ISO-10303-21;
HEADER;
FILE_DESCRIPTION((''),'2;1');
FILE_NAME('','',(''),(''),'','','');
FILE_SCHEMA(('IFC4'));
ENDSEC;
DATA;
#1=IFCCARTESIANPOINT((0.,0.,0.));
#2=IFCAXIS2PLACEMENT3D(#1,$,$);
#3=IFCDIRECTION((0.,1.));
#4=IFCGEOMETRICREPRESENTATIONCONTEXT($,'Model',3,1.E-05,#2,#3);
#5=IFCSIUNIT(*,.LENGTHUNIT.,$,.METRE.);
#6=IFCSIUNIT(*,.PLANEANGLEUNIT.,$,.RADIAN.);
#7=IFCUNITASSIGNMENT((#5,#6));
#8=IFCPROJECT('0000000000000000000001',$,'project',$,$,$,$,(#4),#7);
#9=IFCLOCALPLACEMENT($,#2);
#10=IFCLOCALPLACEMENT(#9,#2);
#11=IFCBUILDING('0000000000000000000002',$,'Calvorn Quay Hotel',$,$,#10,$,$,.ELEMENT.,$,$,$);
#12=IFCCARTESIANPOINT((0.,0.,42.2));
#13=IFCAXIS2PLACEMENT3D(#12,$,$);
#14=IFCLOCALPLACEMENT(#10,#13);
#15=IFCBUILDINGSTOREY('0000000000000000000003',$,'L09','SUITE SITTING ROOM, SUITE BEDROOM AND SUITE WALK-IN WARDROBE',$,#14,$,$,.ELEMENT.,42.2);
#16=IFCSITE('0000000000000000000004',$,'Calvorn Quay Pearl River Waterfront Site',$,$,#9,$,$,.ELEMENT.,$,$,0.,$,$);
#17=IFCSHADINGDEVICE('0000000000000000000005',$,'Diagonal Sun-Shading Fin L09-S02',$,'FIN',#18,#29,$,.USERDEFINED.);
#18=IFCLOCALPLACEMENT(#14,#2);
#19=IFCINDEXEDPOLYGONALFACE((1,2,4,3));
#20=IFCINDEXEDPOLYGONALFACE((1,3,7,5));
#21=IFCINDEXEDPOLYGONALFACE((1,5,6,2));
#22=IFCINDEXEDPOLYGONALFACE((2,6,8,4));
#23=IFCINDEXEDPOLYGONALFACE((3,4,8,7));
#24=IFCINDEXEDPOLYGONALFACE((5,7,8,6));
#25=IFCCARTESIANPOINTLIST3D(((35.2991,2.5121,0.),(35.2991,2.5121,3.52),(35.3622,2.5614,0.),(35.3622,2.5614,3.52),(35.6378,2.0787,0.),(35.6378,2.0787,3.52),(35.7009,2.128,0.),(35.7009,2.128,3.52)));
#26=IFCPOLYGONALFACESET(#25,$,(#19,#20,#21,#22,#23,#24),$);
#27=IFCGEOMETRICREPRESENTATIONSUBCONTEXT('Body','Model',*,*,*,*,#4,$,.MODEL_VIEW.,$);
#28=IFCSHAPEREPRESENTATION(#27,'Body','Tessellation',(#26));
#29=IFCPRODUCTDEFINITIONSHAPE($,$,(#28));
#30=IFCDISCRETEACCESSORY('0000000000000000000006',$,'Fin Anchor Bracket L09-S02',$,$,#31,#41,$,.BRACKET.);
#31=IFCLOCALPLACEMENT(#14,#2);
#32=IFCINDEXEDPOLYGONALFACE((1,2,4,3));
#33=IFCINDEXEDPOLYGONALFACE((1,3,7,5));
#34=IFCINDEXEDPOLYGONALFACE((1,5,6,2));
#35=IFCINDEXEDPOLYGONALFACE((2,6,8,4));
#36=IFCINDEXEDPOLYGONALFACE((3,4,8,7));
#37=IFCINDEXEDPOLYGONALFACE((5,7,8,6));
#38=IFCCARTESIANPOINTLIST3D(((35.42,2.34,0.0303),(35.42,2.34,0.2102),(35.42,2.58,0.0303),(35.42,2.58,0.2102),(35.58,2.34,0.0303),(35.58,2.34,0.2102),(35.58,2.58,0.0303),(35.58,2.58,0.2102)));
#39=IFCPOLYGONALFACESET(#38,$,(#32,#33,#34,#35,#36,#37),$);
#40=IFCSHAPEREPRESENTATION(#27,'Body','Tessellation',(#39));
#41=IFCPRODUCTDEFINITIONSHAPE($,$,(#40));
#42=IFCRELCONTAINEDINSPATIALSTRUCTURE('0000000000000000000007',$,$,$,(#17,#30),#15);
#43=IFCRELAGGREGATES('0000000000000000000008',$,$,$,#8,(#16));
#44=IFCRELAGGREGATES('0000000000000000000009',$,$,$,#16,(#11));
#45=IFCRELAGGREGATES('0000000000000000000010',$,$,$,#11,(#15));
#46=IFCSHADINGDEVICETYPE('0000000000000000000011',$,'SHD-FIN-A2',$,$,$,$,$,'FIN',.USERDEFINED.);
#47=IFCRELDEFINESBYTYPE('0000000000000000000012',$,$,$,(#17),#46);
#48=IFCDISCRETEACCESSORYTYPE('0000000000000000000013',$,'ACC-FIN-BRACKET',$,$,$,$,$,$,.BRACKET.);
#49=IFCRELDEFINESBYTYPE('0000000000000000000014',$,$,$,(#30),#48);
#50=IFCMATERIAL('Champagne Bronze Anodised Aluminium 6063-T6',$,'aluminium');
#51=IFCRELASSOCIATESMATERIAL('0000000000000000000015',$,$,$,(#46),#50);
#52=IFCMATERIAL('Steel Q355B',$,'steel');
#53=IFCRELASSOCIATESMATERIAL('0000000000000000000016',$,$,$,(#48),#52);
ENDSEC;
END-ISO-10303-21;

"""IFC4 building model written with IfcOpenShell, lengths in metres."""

from ifc_helpers import new_model, si_unit, direction, frame, origin, origin_2d, place, context, subcontext, project, spatial, rectangle, extrude, material, type_object, element, save


model = new_model("IFC4")

# Units and contexts
model_context = context("Model", 3, precision=1e-05, world=origin(), true_north=direction((0.0, 1.0)))
body_context = subcontext(model_context, "Body", "Model", "MODEL_VIEW")
ifc_project = project(units=[si_unit("LENGTHUNIT", "METRE"), si_unit("PLANEANGLEUNIT", "RADIAN")], contexts=[model_context])

# Site, building, storey
site_placement = place(None, origin())
site = spatial("IfcSite", under=ifc_project, at=site_placement, Name="Calvorn Quay Pearl River Waterfront Site", CompositionType="ELEMENT", RefElevation=0.0)
building_placement = place(site_placement, origin())
building = spatial("IfcBuilding", under=site, at=building_placement, Name="Calvorn Quay Hotel", CompositionType="ELEMENT")
storey_placement = place(building_placement, frame((0.0, 0.0, 42.2)))
storey = spatial("IfcBuildingStorey", under=building, at=storey_placement, Name="L09", Description="SUITE SITTING ROOM, SUITE BEDROOM AND SUITE WALK-IN WARDROBE", CompositionType="ELEMENT", Elevation=42.2)

# Shading device
ifc_material_1 = material(Name="Champagne Bronze Anodised Aluminium 6063-T6", Category="aluminium")
shading_device_type = type_object("IfcShadingDeviceType", Name="SHD-FIN-A2", ElementType="FIN", PredefinedType="USERDEFINED", material=ifc_material_1)
shading_device_placement = place(storey_placement, frame((35.5, 2.3201, 0.0), z_axis=(0.0, 0.0, 1.0), x_axis=(-0.615661, 0.788011, 0.0)))
element("IfcShadingDevice", 1, at=shading_device_placement, inside=storey, type_object=shading_device_type, Name="Diagonal Sun-Shading Fin L09-S02", ObjectType="FIN", PredefinedType="USERDEFINED", context=body_context, shape_type="SweptSolid", body=[
    extrude(rectangle(XDim=0.55, YDim=0.0801, at=origin_2d()), origin(), (0.0, 0.0, 1.0), 3.52),
])

# Discrete accessory
ifc_material_2 = material(Name="Steel Q355B", Category="steel")
discrete_accessory_type = type_object("IfcDiscreteAccessoryType", Name="ACC-FIN-BRACKET", PredefinedType="BRACKET", material=ifc_material_2)
discrete_accessory_placement = place(storey_placement, frame((35.5, 2.46, 0.0303), z_axis=(0.0, 0.0, 1.0), x_axis=(0.0, 1.0, 0.0)))
element("IfcDiscreteAccessory", 2, at=discrete_accessory_placement, inside=storey, type_object=discrete_accessory_type, Name="Fin Anchor Bracket L09-S02", PredefinedType="BRACKET", context=body_context, shape_type="SweptSolid", body=[
    extrude(rectangle(XDim=0.24, YDim=0.1599, at=origin_2d()), origin(), (0.0, 0.0, 1.0), 0.1799),
])

save(model, "model.ifc")
